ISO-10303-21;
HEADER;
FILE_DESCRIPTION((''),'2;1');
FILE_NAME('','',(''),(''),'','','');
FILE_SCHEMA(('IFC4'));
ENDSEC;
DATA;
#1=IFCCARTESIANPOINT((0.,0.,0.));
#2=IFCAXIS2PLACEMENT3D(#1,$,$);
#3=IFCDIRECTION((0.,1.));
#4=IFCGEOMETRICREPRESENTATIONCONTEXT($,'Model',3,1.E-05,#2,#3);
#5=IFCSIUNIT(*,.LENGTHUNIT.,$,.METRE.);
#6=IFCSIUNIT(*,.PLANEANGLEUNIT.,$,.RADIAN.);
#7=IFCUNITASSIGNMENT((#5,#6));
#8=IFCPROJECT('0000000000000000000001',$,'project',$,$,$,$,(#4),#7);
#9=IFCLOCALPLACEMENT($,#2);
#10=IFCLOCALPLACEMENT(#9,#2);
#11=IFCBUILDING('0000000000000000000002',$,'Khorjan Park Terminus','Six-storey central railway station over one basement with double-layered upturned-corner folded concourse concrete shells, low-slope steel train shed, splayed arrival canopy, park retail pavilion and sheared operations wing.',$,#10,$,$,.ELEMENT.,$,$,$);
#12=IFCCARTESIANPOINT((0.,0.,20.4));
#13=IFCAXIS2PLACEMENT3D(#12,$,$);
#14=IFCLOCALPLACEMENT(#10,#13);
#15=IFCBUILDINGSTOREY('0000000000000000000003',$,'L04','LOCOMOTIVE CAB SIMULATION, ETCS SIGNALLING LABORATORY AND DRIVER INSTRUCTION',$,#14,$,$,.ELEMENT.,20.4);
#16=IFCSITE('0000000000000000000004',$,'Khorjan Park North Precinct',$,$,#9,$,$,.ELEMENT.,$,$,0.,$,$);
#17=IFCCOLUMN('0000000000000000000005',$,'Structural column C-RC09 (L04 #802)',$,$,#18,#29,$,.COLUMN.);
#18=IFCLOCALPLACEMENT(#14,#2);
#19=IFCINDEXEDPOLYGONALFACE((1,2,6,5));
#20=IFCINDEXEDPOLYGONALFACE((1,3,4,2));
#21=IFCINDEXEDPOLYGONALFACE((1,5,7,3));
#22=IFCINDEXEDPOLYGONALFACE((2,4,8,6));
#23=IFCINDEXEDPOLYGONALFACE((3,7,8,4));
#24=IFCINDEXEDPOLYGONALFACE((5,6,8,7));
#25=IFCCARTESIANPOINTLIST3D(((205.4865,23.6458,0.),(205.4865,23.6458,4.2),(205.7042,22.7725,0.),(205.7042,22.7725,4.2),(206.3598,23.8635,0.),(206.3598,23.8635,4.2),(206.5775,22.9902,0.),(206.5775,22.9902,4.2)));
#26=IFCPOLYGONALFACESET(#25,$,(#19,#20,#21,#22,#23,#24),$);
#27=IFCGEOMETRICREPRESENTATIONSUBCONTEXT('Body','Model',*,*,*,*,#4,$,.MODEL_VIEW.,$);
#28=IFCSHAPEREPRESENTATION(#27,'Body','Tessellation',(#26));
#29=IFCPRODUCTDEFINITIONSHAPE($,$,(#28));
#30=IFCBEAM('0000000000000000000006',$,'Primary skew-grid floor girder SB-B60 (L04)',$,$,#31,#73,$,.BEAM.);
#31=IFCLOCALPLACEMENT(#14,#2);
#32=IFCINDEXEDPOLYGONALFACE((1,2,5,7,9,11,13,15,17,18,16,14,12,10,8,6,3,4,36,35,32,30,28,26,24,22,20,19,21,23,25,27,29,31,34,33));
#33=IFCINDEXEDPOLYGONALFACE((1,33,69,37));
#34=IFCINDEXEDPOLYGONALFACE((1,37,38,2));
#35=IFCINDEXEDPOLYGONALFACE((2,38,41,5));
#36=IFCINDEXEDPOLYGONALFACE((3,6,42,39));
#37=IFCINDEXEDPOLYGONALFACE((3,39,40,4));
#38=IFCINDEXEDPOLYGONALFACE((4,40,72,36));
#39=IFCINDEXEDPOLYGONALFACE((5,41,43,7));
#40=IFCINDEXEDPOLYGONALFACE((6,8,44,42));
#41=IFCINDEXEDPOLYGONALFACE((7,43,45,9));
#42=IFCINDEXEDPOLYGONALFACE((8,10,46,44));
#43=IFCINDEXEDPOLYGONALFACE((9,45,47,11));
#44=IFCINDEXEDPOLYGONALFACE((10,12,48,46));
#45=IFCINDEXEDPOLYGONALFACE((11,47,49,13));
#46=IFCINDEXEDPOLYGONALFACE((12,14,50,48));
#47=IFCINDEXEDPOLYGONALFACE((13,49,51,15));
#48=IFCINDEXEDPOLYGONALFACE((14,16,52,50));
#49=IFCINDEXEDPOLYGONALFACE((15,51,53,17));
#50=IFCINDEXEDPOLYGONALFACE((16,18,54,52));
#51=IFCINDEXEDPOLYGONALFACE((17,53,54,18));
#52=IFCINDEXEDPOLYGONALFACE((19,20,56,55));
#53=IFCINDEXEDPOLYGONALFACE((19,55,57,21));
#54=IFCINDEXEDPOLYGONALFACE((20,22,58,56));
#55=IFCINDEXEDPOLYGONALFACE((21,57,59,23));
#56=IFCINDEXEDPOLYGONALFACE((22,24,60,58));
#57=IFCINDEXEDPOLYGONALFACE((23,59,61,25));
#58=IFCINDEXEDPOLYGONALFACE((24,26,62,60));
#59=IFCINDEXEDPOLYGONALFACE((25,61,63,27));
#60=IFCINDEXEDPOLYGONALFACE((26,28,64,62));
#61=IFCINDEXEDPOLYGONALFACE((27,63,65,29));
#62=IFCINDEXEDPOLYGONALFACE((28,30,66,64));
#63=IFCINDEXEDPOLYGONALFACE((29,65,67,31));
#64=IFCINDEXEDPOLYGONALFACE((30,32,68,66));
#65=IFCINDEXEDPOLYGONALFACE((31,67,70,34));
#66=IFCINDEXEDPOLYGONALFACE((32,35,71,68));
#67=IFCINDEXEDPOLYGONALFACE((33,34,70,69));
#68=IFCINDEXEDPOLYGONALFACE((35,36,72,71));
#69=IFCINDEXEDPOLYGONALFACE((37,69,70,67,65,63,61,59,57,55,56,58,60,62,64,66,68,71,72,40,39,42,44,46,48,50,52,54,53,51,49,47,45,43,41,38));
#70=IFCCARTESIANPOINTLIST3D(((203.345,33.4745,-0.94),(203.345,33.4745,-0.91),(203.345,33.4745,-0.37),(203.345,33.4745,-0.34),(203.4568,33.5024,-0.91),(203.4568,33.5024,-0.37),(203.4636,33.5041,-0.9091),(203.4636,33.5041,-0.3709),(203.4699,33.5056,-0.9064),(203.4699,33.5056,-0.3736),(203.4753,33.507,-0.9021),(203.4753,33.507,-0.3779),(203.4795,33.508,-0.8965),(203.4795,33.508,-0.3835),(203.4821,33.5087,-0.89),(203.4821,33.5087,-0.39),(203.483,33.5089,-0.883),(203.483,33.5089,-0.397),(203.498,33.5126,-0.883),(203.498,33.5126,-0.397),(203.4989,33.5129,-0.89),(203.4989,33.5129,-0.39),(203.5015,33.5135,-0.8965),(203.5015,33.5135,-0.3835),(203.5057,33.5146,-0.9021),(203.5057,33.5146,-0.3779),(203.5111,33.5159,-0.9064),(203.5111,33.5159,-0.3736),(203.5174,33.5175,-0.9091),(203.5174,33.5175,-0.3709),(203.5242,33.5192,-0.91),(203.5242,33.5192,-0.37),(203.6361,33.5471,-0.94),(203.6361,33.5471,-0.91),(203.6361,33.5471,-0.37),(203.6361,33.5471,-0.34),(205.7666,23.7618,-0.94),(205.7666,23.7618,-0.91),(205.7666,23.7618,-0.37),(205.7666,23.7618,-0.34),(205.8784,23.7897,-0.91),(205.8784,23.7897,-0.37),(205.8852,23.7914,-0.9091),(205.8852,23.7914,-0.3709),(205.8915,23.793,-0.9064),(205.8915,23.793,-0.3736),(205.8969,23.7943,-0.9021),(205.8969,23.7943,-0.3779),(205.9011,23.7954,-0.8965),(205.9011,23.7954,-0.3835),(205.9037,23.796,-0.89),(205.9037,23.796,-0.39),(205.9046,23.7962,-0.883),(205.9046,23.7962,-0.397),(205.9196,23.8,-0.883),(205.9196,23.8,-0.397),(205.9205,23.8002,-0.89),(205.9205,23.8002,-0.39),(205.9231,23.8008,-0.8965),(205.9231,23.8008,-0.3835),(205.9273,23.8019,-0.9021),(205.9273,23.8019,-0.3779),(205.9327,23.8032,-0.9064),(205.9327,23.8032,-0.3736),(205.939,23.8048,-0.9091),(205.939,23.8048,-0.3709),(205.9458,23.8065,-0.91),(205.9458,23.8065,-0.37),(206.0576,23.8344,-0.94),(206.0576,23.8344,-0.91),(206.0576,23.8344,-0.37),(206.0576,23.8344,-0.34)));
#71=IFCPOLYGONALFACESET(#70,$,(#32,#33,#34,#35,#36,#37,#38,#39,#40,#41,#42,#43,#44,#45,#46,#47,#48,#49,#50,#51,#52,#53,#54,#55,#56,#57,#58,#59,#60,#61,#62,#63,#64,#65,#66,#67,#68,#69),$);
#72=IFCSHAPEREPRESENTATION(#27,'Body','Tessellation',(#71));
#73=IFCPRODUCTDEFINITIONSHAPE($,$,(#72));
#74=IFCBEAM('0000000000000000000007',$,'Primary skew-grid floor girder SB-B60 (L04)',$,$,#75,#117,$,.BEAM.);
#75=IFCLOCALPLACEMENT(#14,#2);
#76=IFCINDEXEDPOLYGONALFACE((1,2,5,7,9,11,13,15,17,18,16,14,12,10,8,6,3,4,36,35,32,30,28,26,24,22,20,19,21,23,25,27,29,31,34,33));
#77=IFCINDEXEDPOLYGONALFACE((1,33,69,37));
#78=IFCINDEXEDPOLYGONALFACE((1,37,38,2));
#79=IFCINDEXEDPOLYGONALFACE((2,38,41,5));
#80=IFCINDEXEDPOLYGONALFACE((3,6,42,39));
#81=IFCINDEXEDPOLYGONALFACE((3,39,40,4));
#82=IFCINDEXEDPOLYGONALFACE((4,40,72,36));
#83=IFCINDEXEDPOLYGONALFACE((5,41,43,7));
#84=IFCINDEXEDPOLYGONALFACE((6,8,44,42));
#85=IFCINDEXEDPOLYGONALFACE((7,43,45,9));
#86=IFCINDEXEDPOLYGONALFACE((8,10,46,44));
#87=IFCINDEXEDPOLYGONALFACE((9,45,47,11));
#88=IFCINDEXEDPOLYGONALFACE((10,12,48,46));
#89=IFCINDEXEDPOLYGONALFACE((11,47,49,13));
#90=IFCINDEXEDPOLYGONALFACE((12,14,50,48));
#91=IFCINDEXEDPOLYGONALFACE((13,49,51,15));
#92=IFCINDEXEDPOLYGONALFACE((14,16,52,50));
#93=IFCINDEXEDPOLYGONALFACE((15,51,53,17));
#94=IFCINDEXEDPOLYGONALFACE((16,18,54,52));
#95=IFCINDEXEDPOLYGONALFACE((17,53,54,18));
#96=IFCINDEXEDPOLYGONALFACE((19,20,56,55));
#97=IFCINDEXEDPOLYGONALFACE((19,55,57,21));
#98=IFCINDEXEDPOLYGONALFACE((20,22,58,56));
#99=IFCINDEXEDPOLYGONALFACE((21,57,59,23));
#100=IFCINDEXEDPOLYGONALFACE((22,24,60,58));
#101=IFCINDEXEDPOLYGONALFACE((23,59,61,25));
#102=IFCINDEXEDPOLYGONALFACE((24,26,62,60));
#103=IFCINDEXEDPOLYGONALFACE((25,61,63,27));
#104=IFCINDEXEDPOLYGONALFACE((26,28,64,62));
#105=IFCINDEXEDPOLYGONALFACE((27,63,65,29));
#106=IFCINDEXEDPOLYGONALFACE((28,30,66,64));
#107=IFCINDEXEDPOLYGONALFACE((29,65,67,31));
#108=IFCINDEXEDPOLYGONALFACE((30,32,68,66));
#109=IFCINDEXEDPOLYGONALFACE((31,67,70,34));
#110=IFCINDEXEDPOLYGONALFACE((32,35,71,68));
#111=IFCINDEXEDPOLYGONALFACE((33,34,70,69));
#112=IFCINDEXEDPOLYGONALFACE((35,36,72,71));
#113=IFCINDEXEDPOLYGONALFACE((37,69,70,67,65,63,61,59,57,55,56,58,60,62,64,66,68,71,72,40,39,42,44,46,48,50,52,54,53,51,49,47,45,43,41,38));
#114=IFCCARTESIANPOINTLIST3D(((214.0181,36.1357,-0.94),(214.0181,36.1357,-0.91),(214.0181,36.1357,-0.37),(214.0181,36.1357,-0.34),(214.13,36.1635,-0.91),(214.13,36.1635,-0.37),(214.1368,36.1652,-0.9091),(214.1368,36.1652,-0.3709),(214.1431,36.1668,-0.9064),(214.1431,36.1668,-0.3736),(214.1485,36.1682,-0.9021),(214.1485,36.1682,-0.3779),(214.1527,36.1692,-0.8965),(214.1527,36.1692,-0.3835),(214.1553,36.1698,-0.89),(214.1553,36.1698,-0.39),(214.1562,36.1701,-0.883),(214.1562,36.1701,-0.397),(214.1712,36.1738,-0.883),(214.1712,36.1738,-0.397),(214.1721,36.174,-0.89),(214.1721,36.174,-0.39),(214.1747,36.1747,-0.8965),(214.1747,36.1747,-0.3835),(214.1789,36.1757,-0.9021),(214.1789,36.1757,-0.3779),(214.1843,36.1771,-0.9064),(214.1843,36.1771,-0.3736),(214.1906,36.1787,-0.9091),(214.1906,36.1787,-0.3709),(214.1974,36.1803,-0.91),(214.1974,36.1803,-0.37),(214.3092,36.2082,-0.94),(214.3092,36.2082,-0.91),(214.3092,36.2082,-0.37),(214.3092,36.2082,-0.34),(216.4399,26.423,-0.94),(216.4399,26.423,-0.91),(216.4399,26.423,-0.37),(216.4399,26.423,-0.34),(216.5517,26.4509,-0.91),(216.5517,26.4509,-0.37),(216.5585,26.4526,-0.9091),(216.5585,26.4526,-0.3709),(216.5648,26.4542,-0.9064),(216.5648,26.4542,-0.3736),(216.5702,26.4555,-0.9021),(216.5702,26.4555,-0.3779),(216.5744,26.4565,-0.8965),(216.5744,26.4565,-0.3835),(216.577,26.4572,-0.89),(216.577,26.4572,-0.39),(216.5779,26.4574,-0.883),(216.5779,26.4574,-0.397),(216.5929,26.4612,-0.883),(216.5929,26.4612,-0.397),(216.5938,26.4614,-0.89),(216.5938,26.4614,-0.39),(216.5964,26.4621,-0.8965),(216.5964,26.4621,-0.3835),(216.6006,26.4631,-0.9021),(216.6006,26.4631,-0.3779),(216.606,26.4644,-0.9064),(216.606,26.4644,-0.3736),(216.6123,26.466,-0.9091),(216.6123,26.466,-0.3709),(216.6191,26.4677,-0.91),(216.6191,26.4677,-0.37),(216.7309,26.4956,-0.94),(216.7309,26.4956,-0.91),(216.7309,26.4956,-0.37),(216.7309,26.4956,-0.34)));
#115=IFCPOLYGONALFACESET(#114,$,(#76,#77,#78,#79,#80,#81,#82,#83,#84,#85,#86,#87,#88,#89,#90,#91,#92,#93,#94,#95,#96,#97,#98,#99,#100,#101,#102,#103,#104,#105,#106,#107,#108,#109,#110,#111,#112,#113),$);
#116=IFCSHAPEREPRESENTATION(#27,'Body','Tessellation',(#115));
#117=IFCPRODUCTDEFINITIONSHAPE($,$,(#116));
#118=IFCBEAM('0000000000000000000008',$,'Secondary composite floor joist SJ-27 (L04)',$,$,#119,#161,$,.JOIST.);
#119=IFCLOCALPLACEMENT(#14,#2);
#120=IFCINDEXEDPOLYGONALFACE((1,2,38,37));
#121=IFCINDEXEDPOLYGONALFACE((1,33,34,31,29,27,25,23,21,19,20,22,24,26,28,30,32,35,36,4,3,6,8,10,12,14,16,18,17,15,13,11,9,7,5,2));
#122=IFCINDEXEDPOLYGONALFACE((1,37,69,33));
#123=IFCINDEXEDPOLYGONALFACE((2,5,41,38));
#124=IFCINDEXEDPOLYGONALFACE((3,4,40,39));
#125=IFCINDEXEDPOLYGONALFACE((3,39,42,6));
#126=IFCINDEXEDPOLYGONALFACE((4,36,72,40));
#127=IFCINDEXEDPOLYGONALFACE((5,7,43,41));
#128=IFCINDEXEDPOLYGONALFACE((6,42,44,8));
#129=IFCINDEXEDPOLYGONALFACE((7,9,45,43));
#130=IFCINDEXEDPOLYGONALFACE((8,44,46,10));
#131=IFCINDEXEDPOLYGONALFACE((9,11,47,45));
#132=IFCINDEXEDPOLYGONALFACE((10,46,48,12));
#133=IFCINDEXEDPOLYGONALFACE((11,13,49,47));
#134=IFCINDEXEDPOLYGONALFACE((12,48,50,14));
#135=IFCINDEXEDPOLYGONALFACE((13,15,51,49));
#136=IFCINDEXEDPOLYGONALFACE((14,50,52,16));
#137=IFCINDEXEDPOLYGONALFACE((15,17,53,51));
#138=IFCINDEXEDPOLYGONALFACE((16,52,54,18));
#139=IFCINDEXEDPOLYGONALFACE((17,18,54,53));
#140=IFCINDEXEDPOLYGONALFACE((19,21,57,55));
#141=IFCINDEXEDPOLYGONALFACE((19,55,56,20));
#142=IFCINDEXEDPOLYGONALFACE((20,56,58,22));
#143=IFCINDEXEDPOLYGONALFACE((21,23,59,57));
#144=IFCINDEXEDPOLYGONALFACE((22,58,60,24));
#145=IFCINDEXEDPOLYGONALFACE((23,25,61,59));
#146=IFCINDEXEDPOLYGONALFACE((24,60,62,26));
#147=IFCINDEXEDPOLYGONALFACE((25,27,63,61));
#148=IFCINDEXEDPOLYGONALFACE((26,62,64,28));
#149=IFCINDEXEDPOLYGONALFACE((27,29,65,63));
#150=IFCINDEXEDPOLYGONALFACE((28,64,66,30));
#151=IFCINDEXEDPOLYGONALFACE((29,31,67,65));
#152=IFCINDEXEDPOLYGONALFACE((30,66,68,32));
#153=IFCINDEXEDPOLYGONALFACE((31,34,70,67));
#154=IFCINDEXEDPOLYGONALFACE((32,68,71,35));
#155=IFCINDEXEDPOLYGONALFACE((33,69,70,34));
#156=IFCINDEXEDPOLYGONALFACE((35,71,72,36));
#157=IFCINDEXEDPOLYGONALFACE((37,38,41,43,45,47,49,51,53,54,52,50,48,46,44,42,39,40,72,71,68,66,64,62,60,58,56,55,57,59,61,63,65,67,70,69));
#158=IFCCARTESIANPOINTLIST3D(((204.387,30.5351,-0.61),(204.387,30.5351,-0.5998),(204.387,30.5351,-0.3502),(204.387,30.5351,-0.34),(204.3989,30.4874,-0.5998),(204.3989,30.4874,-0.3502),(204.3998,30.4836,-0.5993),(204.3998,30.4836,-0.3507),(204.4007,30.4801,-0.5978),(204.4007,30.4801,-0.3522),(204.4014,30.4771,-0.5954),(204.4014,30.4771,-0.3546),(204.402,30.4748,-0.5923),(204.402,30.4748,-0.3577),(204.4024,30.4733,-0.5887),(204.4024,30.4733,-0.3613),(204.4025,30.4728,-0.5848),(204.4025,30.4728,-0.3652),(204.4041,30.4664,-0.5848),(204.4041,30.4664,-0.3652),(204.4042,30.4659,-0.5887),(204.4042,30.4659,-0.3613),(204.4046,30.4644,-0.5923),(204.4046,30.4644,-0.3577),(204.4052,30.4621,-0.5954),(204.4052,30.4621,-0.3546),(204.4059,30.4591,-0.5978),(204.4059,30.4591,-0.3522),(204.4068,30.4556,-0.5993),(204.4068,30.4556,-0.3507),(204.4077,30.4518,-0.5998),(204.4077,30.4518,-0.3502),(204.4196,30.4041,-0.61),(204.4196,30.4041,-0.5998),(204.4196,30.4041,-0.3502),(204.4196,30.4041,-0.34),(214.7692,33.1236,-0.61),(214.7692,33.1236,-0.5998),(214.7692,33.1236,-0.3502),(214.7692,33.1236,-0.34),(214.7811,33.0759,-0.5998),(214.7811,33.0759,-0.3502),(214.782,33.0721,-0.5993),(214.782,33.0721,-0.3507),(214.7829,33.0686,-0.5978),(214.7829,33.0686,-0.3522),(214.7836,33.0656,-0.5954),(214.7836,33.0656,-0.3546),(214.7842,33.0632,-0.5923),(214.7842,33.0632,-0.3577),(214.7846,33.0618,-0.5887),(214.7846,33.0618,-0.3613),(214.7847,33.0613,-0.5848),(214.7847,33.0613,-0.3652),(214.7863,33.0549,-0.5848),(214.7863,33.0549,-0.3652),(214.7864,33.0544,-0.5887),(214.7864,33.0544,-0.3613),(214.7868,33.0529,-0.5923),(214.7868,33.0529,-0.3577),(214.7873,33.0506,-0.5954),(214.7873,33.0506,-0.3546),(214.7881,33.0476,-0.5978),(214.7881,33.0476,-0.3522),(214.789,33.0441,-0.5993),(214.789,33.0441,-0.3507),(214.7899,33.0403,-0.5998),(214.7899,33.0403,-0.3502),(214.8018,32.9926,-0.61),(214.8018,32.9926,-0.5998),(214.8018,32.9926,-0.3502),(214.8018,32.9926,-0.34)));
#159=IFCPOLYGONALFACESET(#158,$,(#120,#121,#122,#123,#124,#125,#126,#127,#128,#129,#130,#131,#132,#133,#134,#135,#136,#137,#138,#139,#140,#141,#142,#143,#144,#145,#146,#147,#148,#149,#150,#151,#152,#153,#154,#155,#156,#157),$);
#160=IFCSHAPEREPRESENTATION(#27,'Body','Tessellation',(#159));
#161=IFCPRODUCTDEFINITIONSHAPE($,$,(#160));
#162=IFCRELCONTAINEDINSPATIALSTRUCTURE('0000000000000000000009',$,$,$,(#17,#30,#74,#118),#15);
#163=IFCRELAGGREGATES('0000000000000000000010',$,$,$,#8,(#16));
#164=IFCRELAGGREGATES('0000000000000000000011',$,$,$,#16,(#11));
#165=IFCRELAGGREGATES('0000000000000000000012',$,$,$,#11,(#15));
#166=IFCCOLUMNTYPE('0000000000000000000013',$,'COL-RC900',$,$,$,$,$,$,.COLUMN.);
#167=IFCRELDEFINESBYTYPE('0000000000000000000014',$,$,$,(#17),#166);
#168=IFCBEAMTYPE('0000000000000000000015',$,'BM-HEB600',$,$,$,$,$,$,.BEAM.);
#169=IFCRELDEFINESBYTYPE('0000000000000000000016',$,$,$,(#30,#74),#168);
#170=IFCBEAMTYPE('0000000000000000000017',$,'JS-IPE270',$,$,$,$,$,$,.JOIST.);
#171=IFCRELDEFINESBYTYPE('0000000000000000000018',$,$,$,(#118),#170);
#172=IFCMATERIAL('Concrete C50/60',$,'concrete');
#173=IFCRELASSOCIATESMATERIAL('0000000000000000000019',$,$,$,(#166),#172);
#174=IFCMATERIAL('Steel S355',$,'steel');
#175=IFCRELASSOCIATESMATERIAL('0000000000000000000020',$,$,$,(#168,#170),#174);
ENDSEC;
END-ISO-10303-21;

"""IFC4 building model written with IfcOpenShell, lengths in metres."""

from ifc_helpers import new_model, si_unit, direction, frame, origin, origin_2d, place, context, subcontext, project, spatial, rectangle, i_section, extrude, material, material_profile, profile_set, type_object, element, save


model = new_model("IFC4")

# Units and contexts
model_context = context("Model", 3, precision=1e-05, world=origin(), true_north=direction((0.0, 1.0)))
body_context = subcontext(model_context, "Body", "Model", "MODEL_VIEW")
ifc_project = project(units=[si_unit("LENGTHUNIT", "METRE"), si_unit("PLANEANGLEUNIT", "RADIAN")], contexts=[model_context])

# Site, building, storey
site_placement = place(None, origin())
site = spatial("IfcSite", under=ifc_project, at=site_placement, Name="Khorjan Park North Precinct", CompositionType="ELEMENT", RefElevation=0.0)
building_placement = place(site_placement, origin())
building = spatial("IfcBuilding", under=site, at=building_placement, Name="Khorjan Park Terminus", Description="Six-storey central railway station over one basement with double-layered upturned-corner folded concourse concrete shells, low-slope steel train shed, splayed arrival canopy, park retail pavilion and sheared operations wing.", CompositionType="ELEMENT")
storey_placement = place(building_placement, frame((0.0, 0.0, 20.4)))
storey = spatial("IfcBuildingStorey", under=building, at=storey_placement, Name="L04", Description="LOCOMOTIVE CAB SIMULATION, ETCS SIGNALLING LABORATORY AND DRIVER INSTRUCTION", CompositionType="ELEMENT", Elevation=20.4)

# Column
ifc_material_1 = material(Name="Concrete C50/60", Category="concrete")
ifc_material_profile_1 = material_profile(ifc_material_1, rectangle(XDim=0.9, YDim=0.9, at=origin_2d()), Name="RC 900x900")
ifc_profile_set_1 = profile_set([ifc_material_profile_1], Name="Concrete C50/60")
column_type = type_object("IfcColumnType", Name="COL-RC900", PredefinedType="COLUMN", material=ifc_profile_set_1)
column_placement = place(storey_placement, frame((206.032, 23.318, 0.0), z_axis=(0.0, 0.0, 1.0), x_axis=(0.970296, 0.241922, 0.0)))
element("IfcColumn", 1, at=column_placement, inside=storey, type_object=column_type, Name="Structural column C-RC09 (L04 #802)", PredefinedType="COLUMN", context=body_context, shape_type="SweptSolid", body=[
    extrude(rectangle(XDim=0.9, YDim=0.9, at=origin_2d()), origin(), (0.0, 0.0, 1.0), 4.2),
])

# Beams
ifc_material_2 = material(Name="Steel S355", Category="steel")
ifc_material_profile_2 = material_profile(ifc_material_2, i_section(OverallWidth=0.3, OverallDepth=0.6, WebThickness=0.0155, FlangeThickness=0.03, FilletRadius=0.027, at=origin_2d()), Name="HEB 600")
ifc_profile_set_2 = profile_set([ifc_material_profile_2], Name="Steel S355")
beam_type_1 = type_object("IfcBeamType", Name="BM-HEB600", PredefinedType="BEAM", material=ifc_profile_set_2)
for number, where, z_axis, x_axis, name in (
    (2, (205.9121, 23.7981, -0.64), (-0.241917, 0.970297, 0.0), (-0.970297, -0.241917, 0.0), "Primary skew-grid floor girder SB-B60 (L04)"),
    (3, (216.5854, 26.4593, -0.64), (-0.241929, 0.970294, 0.0), (-0.970294, -0.241929, 0.0), "Primary skew-grid floor girder SB-B60 (L04)"),
):
    element("IfcBeam", number, at=place(storey_placement, frame(where, z_axis=z_axis, x_axis=x_axis)), inside=storey, type_object=beam_type_1, Name=name, PredefinedType="BEAM", context=body_context, shape_type="SweptSolid", body=[
        extrude(i_section(OverallWidth=0.3, OverallDepth=0.6, WebThickness=0.0155, FlangeThickness=0.03, FilletRadius=0.027, at=origin_2d()), origin(), (0.0, 0.0, 1.0), 10.01),
    ])
ifc_material_profile_3 = material_profile(ifc_material_2, i_section(OverallWidth=0.135, OverallDepth=0.27, WebThickness=0.0066, FlangeThickness=0.0102, FilletRadius=0.015, at=origin_2d()), Name="IPE 270")
ifc_profile_set_3 = profile_set([ifc_material_profile_3], Name="Steel S355")
beam_type_2 = type_object("IfcBeamType", Name="JS-IPE270", PredefinedType="JOIST", material=ifc_profile_set_3)
beam_1_placement = place(storey_placement, frame((204.4033, 30.4696, -0.475), z_axis=(0.970297, 0.241915, 0.0), x_axis=(-0.241915, 0.970297, 0.0)))
element("IfcBeam", 4, at=beam_1_placement, inside=storey, type_object=beam_type_2, Name="Secondary composite floor joist SJ-27 (L04)", PredefinedType="JOIST", context=body_context, shape_type="SweptSolid", body=[
    extrude(i_section(OverallWidth=0.135, OverallDepth=0.27, WebThickness=0.0066, FlangeThickness=0.0102, FilletRadius=0.015, at=origin_2d()), origin(), (0.0, 0.0, 1.0), 10.7),
])

save(model, "model.ifc")
